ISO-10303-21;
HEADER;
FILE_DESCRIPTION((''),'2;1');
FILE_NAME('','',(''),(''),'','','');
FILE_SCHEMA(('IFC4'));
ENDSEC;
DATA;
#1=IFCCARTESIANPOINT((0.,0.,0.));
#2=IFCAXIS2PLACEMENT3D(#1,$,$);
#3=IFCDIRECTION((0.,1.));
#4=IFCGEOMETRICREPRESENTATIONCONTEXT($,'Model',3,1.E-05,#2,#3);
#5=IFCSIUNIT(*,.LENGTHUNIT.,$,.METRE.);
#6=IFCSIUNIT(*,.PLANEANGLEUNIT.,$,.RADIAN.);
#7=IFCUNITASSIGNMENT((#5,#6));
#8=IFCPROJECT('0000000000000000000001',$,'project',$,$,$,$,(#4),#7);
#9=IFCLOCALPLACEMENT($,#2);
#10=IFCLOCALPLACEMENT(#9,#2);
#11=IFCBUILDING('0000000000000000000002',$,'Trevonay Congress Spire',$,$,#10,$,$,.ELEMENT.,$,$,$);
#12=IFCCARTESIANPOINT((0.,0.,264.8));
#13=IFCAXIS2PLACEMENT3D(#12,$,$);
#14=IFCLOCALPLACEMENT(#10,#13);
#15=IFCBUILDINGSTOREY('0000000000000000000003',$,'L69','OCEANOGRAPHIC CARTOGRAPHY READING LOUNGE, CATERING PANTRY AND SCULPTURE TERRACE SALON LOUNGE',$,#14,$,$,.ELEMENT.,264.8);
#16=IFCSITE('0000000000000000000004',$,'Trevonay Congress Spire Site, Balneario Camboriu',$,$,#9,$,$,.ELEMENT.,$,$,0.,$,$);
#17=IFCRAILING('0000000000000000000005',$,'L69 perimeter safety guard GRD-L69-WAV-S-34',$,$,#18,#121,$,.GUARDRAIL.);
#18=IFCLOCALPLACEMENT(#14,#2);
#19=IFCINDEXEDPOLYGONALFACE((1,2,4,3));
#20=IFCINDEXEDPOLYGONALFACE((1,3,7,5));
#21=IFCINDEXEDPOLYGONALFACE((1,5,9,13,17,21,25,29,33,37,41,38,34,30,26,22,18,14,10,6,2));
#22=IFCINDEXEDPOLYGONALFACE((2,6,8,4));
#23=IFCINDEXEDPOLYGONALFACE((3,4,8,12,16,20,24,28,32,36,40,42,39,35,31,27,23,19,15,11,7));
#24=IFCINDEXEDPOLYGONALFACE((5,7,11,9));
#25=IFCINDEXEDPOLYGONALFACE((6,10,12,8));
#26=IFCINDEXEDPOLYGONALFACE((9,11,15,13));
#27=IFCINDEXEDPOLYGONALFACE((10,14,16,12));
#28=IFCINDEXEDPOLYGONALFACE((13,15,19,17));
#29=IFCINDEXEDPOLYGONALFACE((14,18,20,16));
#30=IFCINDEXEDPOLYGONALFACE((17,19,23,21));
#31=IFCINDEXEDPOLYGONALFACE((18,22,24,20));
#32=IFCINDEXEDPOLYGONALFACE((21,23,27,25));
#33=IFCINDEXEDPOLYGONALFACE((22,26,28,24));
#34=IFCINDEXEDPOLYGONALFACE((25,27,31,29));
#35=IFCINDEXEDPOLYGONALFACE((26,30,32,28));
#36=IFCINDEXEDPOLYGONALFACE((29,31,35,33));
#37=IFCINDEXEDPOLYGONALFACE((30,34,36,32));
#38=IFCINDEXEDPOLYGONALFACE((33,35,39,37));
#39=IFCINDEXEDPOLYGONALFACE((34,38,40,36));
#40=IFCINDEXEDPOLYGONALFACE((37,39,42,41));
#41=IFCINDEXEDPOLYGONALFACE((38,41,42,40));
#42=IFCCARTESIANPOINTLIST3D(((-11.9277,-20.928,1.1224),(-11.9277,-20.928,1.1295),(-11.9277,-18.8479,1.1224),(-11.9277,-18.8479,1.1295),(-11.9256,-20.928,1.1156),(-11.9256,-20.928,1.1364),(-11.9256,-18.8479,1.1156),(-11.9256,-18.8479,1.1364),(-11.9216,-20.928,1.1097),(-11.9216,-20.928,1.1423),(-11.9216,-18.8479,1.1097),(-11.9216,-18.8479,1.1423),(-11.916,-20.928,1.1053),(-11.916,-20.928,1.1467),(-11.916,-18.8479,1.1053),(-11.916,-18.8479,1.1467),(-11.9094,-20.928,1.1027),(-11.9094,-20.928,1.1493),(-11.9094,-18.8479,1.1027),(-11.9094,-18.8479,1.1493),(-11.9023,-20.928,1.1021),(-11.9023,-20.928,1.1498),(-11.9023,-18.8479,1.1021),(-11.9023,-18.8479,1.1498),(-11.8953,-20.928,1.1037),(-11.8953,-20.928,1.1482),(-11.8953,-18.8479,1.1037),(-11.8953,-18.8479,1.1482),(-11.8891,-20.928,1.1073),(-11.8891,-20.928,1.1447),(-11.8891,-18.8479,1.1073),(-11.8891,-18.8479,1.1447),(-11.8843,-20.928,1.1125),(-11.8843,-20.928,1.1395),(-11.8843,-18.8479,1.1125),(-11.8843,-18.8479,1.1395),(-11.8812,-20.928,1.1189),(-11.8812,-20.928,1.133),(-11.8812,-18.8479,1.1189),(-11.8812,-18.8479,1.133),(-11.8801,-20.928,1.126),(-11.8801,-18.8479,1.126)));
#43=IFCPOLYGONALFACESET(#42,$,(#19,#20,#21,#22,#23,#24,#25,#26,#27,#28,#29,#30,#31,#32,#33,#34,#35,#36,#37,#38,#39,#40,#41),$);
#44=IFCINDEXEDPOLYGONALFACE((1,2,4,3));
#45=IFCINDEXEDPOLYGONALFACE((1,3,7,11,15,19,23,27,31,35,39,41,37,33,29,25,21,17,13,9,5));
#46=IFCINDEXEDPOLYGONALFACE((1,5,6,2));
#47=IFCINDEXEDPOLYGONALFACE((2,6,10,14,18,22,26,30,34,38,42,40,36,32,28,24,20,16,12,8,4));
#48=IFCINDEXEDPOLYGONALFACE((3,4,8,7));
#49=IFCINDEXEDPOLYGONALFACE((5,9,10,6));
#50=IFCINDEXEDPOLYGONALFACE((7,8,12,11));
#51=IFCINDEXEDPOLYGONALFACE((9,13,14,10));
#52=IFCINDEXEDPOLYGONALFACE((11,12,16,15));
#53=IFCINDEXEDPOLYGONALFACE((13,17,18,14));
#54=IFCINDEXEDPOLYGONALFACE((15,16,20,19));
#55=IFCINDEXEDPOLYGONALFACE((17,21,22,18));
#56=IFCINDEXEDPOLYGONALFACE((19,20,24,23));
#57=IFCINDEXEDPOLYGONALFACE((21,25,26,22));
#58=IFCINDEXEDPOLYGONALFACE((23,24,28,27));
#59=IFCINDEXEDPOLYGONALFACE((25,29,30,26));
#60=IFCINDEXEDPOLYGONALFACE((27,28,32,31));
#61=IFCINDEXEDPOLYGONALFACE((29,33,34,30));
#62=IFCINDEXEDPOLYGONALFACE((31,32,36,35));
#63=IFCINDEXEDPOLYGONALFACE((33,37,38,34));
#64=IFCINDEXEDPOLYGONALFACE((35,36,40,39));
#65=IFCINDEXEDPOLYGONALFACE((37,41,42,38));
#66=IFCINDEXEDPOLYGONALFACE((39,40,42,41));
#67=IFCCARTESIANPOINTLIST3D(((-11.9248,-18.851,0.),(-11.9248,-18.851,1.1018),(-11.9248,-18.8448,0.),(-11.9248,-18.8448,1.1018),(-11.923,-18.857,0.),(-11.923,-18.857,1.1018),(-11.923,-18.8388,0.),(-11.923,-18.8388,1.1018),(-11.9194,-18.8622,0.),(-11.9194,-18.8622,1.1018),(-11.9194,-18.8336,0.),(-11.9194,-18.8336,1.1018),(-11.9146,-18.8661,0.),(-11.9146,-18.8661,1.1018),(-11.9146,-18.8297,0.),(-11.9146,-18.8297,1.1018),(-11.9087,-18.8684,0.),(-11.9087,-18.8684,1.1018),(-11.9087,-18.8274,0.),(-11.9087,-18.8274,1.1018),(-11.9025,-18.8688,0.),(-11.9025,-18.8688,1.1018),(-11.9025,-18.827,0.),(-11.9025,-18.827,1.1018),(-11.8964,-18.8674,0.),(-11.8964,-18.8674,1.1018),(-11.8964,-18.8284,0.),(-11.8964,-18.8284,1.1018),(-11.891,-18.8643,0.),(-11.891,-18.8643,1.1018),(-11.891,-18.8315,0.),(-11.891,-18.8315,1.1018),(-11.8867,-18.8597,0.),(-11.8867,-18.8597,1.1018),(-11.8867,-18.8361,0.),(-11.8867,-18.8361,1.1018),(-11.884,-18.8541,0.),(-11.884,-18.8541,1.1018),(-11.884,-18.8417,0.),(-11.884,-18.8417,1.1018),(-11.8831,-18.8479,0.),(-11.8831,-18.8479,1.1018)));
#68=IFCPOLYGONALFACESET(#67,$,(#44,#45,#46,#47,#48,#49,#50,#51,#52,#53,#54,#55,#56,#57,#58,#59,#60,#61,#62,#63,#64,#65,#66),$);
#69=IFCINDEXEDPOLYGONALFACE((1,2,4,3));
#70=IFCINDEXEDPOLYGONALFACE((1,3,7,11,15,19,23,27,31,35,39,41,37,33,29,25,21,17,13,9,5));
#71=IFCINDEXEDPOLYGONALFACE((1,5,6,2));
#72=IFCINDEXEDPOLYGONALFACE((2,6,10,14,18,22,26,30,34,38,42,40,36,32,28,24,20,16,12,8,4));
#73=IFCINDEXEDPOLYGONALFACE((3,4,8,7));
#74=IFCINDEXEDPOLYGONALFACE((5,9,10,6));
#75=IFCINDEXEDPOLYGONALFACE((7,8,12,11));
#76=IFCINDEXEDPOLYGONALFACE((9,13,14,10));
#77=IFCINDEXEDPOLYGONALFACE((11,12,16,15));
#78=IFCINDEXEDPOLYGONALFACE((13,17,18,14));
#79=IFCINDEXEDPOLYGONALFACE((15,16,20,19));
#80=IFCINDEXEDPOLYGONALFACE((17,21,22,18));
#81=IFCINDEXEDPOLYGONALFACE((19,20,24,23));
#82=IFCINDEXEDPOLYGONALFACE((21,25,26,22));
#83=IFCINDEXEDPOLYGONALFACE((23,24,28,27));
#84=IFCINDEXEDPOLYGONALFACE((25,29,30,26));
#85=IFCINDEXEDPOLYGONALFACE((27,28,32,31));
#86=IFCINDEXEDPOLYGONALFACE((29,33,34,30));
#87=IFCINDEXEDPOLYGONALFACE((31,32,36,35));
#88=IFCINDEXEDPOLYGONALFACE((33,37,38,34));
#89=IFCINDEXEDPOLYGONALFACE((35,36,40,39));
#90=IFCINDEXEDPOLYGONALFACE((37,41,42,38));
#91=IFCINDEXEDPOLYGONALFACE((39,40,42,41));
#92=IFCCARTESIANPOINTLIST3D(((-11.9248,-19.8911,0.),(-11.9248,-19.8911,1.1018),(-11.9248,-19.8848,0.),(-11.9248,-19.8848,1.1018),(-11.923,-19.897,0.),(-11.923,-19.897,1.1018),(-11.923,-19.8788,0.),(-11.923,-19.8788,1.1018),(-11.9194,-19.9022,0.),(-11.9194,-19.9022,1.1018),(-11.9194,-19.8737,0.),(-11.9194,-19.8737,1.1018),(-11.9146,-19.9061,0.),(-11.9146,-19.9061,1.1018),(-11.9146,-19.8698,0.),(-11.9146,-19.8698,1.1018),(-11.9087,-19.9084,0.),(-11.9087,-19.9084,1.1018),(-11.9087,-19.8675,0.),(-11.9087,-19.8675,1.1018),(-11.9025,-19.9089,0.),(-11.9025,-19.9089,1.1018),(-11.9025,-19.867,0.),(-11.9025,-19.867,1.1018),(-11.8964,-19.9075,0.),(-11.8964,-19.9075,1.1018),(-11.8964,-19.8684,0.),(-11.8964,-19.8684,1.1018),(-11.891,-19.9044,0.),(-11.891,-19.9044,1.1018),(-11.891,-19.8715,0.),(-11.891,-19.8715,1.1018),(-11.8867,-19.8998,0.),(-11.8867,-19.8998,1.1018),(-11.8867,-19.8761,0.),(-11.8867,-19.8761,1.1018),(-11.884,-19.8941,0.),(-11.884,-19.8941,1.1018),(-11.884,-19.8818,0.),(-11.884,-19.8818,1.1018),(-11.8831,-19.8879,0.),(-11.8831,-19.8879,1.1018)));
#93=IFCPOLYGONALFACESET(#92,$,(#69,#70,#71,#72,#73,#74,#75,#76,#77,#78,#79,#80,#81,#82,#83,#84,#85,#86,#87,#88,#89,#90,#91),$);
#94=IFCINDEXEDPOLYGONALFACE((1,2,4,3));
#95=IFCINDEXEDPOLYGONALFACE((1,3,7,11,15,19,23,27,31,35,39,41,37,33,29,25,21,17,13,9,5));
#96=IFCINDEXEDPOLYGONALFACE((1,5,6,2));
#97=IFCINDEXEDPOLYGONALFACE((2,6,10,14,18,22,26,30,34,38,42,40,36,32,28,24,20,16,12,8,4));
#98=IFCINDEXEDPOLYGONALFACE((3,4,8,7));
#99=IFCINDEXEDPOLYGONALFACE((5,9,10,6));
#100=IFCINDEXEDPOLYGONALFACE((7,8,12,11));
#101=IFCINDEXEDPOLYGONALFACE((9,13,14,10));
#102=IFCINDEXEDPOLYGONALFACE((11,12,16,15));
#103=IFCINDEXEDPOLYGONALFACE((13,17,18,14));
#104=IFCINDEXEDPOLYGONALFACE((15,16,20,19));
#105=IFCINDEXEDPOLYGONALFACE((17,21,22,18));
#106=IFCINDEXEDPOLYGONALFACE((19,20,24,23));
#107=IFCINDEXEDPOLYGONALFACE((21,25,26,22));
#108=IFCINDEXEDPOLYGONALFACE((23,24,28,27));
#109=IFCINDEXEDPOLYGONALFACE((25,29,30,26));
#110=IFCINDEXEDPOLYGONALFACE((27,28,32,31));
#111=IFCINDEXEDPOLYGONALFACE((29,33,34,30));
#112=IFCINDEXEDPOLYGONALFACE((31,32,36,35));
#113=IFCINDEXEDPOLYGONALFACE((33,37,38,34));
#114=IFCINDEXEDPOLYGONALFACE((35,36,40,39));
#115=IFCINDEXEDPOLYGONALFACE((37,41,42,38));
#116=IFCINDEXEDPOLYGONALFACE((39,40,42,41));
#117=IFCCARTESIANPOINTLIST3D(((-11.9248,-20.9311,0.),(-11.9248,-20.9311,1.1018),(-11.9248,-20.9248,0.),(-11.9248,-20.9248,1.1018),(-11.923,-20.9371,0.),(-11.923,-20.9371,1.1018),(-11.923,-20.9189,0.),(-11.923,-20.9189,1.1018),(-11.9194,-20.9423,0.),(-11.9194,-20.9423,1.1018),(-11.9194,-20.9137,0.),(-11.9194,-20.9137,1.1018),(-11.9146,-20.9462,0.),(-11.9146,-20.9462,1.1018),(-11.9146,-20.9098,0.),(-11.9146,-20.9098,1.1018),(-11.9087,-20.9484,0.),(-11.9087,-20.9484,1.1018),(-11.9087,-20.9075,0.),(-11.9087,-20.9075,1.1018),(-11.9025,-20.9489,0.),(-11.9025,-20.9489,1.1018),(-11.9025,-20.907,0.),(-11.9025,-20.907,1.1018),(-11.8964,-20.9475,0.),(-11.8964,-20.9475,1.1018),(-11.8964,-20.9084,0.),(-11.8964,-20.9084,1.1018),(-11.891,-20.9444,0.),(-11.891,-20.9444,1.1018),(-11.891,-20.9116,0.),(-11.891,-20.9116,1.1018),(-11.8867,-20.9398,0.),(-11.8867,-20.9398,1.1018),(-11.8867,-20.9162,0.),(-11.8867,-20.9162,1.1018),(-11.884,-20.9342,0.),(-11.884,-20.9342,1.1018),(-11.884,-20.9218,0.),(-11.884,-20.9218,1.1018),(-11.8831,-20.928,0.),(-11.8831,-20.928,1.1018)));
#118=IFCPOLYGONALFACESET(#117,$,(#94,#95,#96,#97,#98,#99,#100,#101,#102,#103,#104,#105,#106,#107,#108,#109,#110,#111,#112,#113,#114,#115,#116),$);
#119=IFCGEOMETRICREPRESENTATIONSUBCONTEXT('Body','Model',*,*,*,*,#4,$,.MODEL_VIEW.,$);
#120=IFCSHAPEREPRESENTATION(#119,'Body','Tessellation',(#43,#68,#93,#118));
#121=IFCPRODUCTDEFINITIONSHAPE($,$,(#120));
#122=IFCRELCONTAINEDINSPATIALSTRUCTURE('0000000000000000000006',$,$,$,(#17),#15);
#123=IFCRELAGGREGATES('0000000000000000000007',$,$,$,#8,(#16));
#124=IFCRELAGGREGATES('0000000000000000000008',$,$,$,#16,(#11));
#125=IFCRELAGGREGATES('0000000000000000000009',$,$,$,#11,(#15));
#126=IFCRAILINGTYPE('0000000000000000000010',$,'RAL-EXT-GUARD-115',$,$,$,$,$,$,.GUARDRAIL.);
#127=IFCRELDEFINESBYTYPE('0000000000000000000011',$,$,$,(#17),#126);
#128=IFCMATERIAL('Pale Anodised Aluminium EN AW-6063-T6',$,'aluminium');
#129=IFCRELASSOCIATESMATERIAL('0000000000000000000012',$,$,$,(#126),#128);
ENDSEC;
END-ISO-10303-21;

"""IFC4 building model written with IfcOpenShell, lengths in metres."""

from ifc_helpers import new_model, si_unit, direction, frame, origin, origin_2d, place, context, subcontext, project, spatial, circle, extrude, material, type_object, element, save


model = new_model("IFC4")

# Units and contexts
model_context = context("Model", 3, precision=1e-05, world=origin(), true_north=direction((0.0, 1.0)))
body_context = subcontext(model_context, "Body", "Model", "MODEL_VIEW")
ifc_project = project(units=[si_unit("LENGTHUNIT", "METRE"), si_unit("PLANEANGLEUNIT", "RADIAN")], contexts=[model_context])

# Site, building, storey
site_placement = place(None, origin())
site = spatial("IfcSite", under=ifc_project, at=site_placement, Name="Trevonay Congress Spire Site, Balneario Camboriu", CompositionType="ELEMENT", RefElevation=0.0)
building_placement = place(site_placement, origin())
building = spatial("IfcBuilding", under=site, at=building_placement, Name="Trevonay Congress Spire", CompositionType="ELEMENT")
storey_placement = place(building_placement, frame((0.0, 0.0, 264.8)))
storey = spatial("IfcBuildingStorey", under=building, at=storey_placement, Name="L69", Description="OCEANOGRAPHIC CARTOGRAPHY READING LOUNGE, CATERING PANTRY AND SCULPTURE TERRACE SALON LOUNGE", CompositionType="ELEMENT", Elevation=264.8)

# Shared definitions
ifc_material_1 = material(Name="Pale Anodised Aluminium EN AW-6063-T6", Category="aluminium")

# Railing
railing_type = type_object("IfcRailingType", Name="RAL-EXT-GUARD-115", PredefinedType="GUARDRAIL", material=ifc_material_1)
railing_1_placement = place(storey_placement, frame((-11.9041, -18.8479, 0.0)))
element("IfcRailing", 1, at=railing_1_placement, inside=storey, type_object=railing_type, Name="L69 perimeter safety guard GRD-L69-WAV-S-34", PredefinedType="GUARDRAIL", context=body_context, shape_type="SweptSolid", body=[
    extrude(circle(Radius=0.0239, at=origin_2d()), frame((0.0, 0.0, 1.126), z_axis=(0.0, -1.0, 0.0), x_axis=(1.0, 0.0, 0.0)), (0.0, 0.0, 1.0), 2.0801),
    extrude(circle(Radius=0.021, at=origin_2d()), origin(), (0.0, 0.0, 1.0), 1.1018),
    extrude(circle(Radius=0.021, at=origin_2d()), frame((0.0, -1.04, 0.0)), (0.0, 0.0, 1.0), 1.1018),
    extrude(circle(Radius=0.021, at=origin_2d()), frame((0.0, -2.0801, 0.0)), (0.0, 0.0, 1.0), 1.1018),
])

save(model, "model.ifc")
